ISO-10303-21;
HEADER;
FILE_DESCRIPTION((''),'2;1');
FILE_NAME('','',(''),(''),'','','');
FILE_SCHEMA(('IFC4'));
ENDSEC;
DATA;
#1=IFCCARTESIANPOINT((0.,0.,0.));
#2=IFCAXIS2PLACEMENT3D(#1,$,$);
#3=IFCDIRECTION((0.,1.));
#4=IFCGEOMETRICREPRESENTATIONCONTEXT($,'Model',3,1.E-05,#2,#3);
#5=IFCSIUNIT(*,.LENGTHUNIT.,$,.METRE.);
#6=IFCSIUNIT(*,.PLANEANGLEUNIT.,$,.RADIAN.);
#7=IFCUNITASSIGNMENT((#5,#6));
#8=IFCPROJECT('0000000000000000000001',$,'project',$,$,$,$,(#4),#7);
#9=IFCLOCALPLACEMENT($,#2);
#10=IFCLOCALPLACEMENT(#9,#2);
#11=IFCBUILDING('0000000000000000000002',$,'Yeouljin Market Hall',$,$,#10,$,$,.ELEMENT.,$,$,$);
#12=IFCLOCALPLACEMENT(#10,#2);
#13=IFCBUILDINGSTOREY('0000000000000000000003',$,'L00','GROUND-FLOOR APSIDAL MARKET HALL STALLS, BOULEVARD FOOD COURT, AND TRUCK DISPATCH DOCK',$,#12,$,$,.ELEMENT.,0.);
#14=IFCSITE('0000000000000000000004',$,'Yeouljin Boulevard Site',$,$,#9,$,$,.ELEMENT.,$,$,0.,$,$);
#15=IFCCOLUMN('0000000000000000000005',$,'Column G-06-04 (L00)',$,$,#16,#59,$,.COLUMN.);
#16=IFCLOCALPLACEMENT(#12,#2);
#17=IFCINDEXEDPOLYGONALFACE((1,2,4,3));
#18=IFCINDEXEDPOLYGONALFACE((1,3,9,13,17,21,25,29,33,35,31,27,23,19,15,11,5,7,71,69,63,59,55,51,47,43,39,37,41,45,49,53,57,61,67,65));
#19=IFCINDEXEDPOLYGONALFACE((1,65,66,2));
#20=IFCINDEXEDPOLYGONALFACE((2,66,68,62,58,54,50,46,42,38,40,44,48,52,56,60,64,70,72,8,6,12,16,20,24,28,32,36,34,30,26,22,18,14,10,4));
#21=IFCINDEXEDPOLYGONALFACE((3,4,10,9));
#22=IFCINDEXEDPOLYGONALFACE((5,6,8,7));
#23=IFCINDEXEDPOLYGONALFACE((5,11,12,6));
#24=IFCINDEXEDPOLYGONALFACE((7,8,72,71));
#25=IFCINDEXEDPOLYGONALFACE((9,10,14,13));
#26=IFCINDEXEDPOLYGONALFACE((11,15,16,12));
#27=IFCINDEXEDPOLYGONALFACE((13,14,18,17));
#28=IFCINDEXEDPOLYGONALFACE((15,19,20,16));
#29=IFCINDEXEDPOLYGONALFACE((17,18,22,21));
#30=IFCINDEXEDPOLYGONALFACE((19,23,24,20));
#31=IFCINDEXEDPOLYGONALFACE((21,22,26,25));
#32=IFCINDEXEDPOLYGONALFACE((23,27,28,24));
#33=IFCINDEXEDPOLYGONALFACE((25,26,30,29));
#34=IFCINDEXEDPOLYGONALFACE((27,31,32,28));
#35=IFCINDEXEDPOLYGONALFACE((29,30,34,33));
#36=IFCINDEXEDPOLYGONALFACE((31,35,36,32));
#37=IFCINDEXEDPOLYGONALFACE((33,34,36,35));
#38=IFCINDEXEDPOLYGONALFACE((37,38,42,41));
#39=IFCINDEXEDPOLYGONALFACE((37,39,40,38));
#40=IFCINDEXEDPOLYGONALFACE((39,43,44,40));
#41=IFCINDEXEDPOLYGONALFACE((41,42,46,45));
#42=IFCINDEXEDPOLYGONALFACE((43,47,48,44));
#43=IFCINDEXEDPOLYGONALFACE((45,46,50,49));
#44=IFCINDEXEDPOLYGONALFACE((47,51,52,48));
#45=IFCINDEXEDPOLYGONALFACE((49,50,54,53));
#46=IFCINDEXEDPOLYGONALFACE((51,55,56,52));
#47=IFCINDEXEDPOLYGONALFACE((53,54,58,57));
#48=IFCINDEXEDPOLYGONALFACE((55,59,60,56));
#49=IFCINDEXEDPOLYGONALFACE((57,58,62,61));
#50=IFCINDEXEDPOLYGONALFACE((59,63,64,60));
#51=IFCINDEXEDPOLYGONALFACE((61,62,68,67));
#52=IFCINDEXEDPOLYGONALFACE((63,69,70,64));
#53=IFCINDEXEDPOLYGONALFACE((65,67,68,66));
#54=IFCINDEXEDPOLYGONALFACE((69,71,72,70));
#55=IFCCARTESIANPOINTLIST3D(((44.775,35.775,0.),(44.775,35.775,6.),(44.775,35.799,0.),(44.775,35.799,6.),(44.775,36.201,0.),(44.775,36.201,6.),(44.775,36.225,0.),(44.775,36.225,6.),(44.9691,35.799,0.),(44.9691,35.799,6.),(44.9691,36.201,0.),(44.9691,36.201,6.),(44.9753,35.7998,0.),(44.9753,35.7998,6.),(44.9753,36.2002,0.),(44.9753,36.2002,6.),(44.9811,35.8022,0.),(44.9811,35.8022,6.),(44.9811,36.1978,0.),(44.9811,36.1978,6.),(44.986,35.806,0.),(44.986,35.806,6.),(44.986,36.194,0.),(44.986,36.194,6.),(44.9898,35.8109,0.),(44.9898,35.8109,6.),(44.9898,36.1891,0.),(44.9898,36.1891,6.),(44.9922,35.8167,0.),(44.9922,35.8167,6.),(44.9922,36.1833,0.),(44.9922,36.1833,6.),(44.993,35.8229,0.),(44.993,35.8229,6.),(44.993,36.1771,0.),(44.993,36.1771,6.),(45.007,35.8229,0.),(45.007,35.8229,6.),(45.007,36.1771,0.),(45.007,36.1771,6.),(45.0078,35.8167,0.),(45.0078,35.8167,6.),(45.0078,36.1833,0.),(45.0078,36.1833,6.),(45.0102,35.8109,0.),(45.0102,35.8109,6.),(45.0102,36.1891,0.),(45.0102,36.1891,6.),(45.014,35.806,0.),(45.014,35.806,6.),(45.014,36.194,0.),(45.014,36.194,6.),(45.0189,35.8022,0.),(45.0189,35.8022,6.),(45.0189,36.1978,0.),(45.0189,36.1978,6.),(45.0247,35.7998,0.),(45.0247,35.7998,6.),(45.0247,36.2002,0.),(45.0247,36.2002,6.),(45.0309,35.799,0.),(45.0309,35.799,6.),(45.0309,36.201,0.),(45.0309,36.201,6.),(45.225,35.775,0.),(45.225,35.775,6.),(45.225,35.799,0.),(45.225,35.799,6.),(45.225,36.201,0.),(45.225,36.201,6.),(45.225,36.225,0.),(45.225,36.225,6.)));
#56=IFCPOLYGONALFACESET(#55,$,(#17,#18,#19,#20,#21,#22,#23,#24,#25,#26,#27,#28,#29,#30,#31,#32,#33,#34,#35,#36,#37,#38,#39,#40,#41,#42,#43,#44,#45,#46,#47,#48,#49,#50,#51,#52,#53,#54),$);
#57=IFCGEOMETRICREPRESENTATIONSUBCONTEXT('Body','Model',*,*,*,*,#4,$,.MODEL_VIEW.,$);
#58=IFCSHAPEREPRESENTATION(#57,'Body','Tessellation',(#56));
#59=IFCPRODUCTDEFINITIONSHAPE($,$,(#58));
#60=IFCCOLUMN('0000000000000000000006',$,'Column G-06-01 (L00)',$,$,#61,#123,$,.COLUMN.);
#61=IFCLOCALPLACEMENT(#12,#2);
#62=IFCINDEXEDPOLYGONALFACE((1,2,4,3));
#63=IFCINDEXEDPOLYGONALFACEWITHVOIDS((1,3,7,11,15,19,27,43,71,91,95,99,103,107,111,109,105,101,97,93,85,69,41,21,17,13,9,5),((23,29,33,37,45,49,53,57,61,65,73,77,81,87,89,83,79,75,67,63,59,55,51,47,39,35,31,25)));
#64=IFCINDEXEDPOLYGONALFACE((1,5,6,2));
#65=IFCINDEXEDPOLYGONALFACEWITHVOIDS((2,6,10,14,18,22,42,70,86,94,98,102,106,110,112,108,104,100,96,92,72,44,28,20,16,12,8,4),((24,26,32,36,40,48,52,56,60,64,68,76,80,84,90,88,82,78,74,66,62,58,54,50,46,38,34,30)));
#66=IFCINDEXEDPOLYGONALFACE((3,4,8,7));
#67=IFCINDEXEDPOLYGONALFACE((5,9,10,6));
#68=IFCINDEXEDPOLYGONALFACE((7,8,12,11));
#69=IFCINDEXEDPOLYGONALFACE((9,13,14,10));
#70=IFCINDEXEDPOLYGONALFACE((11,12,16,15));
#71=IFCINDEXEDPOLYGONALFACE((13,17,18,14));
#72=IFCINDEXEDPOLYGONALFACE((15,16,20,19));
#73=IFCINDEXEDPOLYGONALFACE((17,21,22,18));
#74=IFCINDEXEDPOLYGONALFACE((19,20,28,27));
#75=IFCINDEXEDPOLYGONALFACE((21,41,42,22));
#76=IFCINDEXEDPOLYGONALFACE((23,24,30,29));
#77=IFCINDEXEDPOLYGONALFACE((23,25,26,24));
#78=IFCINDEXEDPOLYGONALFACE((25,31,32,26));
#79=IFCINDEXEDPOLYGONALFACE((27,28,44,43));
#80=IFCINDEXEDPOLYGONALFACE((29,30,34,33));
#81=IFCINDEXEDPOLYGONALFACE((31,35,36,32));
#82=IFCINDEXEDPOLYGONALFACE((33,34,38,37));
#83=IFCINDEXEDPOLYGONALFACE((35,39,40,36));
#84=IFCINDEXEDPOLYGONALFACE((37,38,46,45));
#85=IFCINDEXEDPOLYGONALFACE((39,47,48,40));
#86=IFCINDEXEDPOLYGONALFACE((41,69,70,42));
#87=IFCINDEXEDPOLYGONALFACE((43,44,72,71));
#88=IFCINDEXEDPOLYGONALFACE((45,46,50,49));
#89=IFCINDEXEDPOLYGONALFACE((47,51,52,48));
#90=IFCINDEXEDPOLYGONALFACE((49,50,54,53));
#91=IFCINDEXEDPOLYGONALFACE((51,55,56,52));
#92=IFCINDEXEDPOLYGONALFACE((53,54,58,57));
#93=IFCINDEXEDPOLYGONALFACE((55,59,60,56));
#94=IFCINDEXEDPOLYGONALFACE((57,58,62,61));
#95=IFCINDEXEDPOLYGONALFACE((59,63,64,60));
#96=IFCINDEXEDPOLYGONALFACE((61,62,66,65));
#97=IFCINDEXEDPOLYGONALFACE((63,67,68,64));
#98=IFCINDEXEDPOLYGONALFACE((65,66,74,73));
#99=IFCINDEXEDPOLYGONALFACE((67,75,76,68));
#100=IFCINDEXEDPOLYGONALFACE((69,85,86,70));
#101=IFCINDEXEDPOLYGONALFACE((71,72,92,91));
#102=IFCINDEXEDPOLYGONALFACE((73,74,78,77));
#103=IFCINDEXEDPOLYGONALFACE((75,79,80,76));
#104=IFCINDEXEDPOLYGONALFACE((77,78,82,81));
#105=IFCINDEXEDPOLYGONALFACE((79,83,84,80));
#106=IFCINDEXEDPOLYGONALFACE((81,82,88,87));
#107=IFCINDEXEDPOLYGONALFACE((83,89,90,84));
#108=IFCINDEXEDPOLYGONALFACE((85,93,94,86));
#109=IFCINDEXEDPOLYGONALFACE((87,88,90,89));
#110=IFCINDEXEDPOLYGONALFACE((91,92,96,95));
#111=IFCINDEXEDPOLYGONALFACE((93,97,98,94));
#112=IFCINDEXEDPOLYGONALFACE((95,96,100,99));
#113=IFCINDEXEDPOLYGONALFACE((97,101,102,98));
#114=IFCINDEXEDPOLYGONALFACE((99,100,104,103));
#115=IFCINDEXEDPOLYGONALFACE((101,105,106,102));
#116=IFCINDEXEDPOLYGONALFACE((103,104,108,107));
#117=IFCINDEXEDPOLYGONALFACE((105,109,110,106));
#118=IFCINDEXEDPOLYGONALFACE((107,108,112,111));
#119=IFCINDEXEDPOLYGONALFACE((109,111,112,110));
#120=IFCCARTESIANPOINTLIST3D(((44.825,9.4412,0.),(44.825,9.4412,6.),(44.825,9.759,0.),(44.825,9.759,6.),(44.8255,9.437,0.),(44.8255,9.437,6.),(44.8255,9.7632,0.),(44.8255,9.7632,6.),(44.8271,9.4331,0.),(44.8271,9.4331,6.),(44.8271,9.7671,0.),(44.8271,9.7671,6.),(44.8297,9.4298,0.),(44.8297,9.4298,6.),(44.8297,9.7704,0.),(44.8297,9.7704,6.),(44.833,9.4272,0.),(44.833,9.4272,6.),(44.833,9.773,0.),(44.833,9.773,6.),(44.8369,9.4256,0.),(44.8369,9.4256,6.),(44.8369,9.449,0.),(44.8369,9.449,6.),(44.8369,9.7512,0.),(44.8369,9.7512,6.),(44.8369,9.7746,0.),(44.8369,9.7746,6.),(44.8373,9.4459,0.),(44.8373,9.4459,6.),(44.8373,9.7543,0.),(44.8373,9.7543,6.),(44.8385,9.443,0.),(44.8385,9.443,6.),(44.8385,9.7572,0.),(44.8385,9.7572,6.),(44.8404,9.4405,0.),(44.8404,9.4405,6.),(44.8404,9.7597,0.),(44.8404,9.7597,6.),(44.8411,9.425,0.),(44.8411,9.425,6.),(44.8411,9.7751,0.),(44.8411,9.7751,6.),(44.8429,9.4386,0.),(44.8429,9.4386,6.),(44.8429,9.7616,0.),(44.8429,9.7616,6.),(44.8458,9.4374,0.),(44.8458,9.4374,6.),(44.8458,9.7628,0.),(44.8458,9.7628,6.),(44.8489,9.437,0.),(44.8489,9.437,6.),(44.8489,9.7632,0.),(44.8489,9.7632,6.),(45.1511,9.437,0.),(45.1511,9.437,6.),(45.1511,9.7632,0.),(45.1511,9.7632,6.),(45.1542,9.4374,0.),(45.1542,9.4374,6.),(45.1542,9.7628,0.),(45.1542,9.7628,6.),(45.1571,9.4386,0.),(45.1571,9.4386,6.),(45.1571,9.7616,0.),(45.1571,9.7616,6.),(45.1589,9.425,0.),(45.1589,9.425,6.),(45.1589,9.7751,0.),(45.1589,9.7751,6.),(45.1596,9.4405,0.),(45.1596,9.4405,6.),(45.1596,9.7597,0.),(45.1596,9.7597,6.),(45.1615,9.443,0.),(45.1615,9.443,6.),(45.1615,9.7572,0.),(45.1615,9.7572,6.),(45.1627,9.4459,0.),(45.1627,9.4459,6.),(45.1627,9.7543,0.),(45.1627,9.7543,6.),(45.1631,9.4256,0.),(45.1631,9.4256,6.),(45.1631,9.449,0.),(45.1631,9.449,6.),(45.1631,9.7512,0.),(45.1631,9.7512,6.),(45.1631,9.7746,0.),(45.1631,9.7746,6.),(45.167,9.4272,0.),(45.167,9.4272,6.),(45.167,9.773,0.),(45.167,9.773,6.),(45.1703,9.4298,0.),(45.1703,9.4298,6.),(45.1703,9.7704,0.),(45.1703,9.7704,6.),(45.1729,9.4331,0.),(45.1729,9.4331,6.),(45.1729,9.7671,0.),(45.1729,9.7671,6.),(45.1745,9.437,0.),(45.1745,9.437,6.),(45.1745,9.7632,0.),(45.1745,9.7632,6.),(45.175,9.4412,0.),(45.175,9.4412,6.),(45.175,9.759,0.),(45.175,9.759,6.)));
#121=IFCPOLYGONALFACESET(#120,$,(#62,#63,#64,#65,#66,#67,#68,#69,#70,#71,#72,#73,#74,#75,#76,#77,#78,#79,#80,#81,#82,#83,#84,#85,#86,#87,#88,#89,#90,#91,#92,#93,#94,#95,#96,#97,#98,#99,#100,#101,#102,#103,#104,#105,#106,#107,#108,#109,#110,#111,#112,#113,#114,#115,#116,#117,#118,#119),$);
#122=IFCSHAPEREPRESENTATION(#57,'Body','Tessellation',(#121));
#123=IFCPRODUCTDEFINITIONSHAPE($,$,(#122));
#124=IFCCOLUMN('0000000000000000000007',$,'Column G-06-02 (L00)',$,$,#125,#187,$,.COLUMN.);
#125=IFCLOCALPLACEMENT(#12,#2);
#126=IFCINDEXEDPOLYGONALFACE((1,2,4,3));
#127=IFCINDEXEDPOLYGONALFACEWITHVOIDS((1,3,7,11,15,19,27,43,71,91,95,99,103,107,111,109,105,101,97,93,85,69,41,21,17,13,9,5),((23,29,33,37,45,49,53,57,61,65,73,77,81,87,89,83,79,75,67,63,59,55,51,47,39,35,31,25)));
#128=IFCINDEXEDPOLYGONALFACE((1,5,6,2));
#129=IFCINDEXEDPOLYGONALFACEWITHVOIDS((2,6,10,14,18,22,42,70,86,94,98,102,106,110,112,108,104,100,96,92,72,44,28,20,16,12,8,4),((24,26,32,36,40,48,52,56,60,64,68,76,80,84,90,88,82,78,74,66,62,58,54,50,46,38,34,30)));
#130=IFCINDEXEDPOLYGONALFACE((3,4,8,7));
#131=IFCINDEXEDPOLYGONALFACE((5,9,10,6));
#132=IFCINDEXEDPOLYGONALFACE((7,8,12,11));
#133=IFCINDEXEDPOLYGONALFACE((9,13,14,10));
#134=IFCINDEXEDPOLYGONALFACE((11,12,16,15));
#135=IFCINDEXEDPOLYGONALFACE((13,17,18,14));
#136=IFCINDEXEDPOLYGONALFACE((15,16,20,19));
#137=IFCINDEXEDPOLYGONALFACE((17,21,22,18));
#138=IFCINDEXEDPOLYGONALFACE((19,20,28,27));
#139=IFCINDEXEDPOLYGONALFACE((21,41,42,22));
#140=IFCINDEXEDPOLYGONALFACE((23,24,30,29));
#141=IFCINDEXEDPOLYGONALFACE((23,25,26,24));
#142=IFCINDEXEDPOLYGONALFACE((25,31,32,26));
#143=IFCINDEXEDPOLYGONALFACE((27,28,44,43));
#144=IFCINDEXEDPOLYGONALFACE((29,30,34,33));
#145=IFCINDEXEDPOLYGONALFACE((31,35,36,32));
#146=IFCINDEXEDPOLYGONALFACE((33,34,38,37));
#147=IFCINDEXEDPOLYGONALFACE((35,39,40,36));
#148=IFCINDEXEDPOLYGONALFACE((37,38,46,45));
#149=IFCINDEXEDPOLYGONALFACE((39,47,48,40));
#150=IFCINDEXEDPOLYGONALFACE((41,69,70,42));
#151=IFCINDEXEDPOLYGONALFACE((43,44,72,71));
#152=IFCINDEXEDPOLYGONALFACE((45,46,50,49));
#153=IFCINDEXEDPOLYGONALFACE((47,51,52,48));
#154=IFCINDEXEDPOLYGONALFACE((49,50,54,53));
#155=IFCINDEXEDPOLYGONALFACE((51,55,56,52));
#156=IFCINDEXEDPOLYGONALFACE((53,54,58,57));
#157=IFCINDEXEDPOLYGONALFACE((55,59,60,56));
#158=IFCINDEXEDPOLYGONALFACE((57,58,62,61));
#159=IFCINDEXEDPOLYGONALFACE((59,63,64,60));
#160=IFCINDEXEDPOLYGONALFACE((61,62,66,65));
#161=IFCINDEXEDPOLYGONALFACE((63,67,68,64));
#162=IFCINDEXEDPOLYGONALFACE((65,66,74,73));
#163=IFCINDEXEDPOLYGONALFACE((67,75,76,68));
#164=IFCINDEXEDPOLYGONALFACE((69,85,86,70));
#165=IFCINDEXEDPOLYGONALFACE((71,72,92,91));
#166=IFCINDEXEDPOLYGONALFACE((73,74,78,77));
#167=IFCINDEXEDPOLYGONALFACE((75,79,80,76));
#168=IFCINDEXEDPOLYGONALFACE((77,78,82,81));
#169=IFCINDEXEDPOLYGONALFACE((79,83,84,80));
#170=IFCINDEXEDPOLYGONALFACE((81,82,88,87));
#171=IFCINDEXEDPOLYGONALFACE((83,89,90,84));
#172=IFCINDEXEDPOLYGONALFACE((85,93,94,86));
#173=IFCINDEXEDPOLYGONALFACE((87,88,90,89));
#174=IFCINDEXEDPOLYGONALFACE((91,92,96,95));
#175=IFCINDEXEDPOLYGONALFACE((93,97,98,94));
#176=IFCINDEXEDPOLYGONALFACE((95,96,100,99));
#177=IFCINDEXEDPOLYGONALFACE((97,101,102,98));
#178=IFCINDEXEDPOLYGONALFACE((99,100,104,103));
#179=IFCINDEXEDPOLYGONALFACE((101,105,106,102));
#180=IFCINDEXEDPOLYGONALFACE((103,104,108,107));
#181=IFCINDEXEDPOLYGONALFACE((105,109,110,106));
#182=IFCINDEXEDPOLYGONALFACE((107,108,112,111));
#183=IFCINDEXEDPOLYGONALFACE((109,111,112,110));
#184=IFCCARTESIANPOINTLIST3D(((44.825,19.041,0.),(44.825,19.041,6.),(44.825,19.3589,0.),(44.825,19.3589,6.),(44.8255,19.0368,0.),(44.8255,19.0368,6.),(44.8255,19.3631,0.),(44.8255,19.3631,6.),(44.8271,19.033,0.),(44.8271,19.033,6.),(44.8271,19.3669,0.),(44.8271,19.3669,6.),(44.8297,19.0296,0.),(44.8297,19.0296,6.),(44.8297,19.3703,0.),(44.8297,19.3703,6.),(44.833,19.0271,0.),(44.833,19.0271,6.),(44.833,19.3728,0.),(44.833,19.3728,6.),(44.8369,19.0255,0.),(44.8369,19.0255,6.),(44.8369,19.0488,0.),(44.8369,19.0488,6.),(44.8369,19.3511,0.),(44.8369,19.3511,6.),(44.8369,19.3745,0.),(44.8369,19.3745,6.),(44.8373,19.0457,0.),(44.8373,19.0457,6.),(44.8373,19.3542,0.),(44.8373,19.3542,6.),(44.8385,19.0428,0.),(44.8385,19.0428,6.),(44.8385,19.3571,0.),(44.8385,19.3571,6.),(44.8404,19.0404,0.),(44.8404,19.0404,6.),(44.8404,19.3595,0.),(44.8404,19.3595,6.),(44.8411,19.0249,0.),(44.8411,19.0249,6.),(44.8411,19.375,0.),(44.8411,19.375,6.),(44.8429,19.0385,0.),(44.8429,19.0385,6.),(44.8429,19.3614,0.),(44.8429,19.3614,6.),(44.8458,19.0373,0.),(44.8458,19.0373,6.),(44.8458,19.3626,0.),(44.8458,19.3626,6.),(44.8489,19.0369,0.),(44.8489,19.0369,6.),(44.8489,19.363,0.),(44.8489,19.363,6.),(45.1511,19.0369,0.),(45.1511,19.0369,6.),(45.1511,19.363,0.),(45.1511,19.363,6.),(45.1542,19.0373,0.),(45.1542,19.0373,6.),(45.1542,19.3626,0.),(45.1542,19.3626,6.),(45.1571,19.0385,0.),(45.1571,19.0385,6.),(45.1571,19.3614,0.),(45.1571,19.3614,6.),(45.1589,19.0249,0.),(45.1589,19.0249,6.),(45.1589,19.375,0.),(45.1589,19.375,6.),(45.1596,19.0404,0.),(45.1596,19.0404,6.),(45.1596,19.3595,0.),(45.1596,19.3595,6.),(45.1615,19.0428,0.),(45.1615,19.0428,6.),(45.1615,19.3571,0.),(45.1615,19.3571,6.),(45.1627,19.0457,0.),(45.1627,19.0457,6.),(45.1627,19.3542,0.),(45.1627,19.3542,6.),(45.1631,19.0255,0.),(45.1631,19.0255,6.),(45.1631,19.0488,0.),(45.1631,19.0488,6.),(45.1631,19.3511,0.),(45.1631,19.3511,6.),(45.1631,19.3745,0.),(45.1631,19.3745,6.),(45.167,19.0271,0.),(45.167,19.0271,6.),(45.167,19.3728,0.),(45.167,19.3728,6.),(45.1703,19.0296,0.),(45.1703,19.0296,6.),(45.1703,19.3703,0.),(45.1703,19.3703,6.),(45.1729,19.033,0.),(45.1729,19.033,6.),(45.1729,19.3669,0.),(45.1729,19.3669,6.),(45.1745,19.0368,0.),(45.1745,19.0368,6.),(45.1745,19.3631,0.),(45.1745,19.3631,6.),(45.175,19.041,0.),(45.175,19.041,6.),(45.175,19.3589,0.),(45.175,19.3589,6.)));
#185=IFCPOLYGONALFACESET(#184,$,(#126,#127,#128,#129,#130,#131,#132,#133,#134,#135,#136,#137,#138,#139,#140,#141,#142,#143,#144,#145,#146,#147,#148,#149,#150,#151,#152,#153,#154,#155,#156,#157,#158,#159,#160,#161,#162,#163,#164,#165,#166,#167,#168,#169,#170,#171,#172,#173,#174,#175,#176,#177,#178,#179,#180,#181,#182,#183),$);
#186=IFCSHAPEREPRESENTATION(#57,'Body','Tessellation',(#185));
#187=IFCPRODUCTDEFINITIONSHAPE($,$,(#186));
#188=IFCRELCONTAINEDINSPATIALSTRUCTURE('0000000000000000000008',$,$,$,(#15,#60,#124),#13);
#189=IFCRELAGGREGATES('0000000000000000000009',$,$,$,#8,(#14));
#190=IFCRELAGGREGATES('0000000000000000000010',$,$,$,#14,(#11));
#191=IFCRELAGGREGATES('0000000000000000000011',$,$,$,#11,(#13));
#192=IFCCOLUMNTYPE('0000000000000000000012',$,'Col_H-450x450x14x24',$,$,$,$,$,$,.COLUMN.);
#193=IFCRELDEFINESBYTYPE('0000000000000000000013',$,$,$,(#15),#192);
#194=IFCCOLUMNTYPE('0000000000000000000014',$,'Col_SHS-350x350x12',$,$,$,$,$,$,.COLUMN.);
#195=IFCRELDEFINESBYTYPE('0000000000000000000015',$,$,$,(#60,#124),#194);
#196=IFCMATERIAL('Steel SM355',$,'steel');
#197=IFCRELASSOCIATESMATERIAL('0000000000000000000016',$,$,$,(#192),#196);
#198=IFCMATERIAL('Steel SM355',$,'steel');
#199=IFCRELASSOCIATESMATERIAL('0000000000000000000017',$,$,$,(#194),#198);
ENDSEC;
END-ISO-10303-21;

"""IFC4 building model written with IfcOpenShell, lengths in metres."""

from ifc_helpers import new_model, si_unit, direction, frame, origin, origin_2d, place, context, subcontext, project, spatial, hollow_rectangle, i_section, extrude, material, material_profile, profile_set, type_object, element, save


model = new_model("IFC4")

# Units and contexts
model_context = context("Model", 3, precision=1e-05, world=origin(), true_north=direction((0.0, 1.0)))
body_context = subcontext(model_context, "Body", "Model", "MODEL_VIEW")
ifc_project = project(units=[si_unit("LENGTHUNIT", "METRE"), si_unit("PLANEANGLEUNIT", "RADIAN")], contexts=[model_context])

# Site, building, storey
site_placement = place(None, origin())
site = spatial("IfcSite", under=ifc_project, at=site_placement, Name="Yeouljin Boulevard Site", CompositionType="ELEMENT", RefElevation=0.0)
building_placement = place(site_placement, origin())
building = spatial("IfcBuilding", under=site, at=building_placement, Name="Yeouljin Market Hall", CompositionType="ELEMENT")
storey_placement = place(building_placement, origin())
storey = spatial("IfcBuildingStorey", under=building, at=storey_placement, Name="L00", Description="GROUND-FLOOR APSIDAL MARKET HALL STALLS, BOULEVARD FOOD COURT, AND TRUCK DISPATCH DOCK", CompositionType="ELEMENT", Elevation=0.0)

# Columns
ifc_material_1 = material(Name="Steel SM355", Category="steel")
ifc_material_profile_1 = material_profile(ifc_material_1, i_section(OverallWidth=0.45, OverallDepth=0.45, WebThickness=0.0139, FlangeThickness=0.0239, FilletRadius=0.0239, at=origin_2d()), Name="H-450x450x14x24")
ifc_profile_set_1 = profile_set([ifc_material_profile_1], Name="Steel SM355")
column_type_1 = type_object("IfcColumnType", Name="Col_H-450x450x14x24", PredefinedType="COLUMN", material=ifc_profile_set_1)
column_placement = place(storey_placement, frame((45.0, 36.0, 0.0), z_axis=(0.0, 0.0, 1.0), x_axis=(1.0, 0.0, 0.0)))
element("IfcColumn", 1, at=column_placement, inside=storey, type_object=column_type_1, Name="Column G-06-04 (L00)", PredefinedType="COLUMN", context=body_context, shape_type="SweptSolid", body=[
    extrude(i_section(OverallWidth=0.45, OverallDepth=0.45, WebThickness=0.0139, FlangeThickness=0.0239, FilletRadius=0.0239, at=origin_2d()), origin(), (0.0, 0.0, 1.0), 6.0),
])
ifc_material_2 = material(Name="Steel SM355", Category="steel")
ifc_material_profile_2 = material_profile(ifc_material_2, hollow_rectangle(XDim=0.3501, YDim=0.3501, WallThickness=0.012, InnerFilletRadius=0.012, OuterFilletRadius=0.0161, at=origin_2d()), Name="SHS-350x350x12")
ifc_profile_set_2 = profile_set([ifc_material_profile_2], Name="Steel SM355")
column_type_2 = type_object("IfcColumnType", Name="Col_SHS-350x350x12", PredefinedType="COLUMN", material=ifc_profile_set_2)
for number, where, z_axis, x_axis, name in (
    (2, (45.0, 9.6001, 0.0), (0.0, 0.0, 1.0), (1.0, 0.0, 0.0), "Column G-06-01 (L00)"),
    (3, (45.0, 19.2, 0.0), (0.0, 0.0, 1.0), (1.0, 0.0, 0.0), "Column G-06-02 (L00)"),
):
    element("IfcColumn", number, at=place(storey_placement, frame(where, z_axis=z_axis, x_axis=x_axis)), inside=storey, type_object=column_type_2, Name=name, PredefinedType="COLUMN", context=body_context, shape_type="SweptSolid", body=[
        extrude(hollow_rectangle(XDim=0.3501, YDim=0.3501, WallThickness=0.012, InnerFilletRadius=0.012, OuterFilletRadius=0.0161, at=origin_2d()), origin(), (0.0, 0.0, 1.0), 6.0),
    ])

save(model, "model.ifc")
